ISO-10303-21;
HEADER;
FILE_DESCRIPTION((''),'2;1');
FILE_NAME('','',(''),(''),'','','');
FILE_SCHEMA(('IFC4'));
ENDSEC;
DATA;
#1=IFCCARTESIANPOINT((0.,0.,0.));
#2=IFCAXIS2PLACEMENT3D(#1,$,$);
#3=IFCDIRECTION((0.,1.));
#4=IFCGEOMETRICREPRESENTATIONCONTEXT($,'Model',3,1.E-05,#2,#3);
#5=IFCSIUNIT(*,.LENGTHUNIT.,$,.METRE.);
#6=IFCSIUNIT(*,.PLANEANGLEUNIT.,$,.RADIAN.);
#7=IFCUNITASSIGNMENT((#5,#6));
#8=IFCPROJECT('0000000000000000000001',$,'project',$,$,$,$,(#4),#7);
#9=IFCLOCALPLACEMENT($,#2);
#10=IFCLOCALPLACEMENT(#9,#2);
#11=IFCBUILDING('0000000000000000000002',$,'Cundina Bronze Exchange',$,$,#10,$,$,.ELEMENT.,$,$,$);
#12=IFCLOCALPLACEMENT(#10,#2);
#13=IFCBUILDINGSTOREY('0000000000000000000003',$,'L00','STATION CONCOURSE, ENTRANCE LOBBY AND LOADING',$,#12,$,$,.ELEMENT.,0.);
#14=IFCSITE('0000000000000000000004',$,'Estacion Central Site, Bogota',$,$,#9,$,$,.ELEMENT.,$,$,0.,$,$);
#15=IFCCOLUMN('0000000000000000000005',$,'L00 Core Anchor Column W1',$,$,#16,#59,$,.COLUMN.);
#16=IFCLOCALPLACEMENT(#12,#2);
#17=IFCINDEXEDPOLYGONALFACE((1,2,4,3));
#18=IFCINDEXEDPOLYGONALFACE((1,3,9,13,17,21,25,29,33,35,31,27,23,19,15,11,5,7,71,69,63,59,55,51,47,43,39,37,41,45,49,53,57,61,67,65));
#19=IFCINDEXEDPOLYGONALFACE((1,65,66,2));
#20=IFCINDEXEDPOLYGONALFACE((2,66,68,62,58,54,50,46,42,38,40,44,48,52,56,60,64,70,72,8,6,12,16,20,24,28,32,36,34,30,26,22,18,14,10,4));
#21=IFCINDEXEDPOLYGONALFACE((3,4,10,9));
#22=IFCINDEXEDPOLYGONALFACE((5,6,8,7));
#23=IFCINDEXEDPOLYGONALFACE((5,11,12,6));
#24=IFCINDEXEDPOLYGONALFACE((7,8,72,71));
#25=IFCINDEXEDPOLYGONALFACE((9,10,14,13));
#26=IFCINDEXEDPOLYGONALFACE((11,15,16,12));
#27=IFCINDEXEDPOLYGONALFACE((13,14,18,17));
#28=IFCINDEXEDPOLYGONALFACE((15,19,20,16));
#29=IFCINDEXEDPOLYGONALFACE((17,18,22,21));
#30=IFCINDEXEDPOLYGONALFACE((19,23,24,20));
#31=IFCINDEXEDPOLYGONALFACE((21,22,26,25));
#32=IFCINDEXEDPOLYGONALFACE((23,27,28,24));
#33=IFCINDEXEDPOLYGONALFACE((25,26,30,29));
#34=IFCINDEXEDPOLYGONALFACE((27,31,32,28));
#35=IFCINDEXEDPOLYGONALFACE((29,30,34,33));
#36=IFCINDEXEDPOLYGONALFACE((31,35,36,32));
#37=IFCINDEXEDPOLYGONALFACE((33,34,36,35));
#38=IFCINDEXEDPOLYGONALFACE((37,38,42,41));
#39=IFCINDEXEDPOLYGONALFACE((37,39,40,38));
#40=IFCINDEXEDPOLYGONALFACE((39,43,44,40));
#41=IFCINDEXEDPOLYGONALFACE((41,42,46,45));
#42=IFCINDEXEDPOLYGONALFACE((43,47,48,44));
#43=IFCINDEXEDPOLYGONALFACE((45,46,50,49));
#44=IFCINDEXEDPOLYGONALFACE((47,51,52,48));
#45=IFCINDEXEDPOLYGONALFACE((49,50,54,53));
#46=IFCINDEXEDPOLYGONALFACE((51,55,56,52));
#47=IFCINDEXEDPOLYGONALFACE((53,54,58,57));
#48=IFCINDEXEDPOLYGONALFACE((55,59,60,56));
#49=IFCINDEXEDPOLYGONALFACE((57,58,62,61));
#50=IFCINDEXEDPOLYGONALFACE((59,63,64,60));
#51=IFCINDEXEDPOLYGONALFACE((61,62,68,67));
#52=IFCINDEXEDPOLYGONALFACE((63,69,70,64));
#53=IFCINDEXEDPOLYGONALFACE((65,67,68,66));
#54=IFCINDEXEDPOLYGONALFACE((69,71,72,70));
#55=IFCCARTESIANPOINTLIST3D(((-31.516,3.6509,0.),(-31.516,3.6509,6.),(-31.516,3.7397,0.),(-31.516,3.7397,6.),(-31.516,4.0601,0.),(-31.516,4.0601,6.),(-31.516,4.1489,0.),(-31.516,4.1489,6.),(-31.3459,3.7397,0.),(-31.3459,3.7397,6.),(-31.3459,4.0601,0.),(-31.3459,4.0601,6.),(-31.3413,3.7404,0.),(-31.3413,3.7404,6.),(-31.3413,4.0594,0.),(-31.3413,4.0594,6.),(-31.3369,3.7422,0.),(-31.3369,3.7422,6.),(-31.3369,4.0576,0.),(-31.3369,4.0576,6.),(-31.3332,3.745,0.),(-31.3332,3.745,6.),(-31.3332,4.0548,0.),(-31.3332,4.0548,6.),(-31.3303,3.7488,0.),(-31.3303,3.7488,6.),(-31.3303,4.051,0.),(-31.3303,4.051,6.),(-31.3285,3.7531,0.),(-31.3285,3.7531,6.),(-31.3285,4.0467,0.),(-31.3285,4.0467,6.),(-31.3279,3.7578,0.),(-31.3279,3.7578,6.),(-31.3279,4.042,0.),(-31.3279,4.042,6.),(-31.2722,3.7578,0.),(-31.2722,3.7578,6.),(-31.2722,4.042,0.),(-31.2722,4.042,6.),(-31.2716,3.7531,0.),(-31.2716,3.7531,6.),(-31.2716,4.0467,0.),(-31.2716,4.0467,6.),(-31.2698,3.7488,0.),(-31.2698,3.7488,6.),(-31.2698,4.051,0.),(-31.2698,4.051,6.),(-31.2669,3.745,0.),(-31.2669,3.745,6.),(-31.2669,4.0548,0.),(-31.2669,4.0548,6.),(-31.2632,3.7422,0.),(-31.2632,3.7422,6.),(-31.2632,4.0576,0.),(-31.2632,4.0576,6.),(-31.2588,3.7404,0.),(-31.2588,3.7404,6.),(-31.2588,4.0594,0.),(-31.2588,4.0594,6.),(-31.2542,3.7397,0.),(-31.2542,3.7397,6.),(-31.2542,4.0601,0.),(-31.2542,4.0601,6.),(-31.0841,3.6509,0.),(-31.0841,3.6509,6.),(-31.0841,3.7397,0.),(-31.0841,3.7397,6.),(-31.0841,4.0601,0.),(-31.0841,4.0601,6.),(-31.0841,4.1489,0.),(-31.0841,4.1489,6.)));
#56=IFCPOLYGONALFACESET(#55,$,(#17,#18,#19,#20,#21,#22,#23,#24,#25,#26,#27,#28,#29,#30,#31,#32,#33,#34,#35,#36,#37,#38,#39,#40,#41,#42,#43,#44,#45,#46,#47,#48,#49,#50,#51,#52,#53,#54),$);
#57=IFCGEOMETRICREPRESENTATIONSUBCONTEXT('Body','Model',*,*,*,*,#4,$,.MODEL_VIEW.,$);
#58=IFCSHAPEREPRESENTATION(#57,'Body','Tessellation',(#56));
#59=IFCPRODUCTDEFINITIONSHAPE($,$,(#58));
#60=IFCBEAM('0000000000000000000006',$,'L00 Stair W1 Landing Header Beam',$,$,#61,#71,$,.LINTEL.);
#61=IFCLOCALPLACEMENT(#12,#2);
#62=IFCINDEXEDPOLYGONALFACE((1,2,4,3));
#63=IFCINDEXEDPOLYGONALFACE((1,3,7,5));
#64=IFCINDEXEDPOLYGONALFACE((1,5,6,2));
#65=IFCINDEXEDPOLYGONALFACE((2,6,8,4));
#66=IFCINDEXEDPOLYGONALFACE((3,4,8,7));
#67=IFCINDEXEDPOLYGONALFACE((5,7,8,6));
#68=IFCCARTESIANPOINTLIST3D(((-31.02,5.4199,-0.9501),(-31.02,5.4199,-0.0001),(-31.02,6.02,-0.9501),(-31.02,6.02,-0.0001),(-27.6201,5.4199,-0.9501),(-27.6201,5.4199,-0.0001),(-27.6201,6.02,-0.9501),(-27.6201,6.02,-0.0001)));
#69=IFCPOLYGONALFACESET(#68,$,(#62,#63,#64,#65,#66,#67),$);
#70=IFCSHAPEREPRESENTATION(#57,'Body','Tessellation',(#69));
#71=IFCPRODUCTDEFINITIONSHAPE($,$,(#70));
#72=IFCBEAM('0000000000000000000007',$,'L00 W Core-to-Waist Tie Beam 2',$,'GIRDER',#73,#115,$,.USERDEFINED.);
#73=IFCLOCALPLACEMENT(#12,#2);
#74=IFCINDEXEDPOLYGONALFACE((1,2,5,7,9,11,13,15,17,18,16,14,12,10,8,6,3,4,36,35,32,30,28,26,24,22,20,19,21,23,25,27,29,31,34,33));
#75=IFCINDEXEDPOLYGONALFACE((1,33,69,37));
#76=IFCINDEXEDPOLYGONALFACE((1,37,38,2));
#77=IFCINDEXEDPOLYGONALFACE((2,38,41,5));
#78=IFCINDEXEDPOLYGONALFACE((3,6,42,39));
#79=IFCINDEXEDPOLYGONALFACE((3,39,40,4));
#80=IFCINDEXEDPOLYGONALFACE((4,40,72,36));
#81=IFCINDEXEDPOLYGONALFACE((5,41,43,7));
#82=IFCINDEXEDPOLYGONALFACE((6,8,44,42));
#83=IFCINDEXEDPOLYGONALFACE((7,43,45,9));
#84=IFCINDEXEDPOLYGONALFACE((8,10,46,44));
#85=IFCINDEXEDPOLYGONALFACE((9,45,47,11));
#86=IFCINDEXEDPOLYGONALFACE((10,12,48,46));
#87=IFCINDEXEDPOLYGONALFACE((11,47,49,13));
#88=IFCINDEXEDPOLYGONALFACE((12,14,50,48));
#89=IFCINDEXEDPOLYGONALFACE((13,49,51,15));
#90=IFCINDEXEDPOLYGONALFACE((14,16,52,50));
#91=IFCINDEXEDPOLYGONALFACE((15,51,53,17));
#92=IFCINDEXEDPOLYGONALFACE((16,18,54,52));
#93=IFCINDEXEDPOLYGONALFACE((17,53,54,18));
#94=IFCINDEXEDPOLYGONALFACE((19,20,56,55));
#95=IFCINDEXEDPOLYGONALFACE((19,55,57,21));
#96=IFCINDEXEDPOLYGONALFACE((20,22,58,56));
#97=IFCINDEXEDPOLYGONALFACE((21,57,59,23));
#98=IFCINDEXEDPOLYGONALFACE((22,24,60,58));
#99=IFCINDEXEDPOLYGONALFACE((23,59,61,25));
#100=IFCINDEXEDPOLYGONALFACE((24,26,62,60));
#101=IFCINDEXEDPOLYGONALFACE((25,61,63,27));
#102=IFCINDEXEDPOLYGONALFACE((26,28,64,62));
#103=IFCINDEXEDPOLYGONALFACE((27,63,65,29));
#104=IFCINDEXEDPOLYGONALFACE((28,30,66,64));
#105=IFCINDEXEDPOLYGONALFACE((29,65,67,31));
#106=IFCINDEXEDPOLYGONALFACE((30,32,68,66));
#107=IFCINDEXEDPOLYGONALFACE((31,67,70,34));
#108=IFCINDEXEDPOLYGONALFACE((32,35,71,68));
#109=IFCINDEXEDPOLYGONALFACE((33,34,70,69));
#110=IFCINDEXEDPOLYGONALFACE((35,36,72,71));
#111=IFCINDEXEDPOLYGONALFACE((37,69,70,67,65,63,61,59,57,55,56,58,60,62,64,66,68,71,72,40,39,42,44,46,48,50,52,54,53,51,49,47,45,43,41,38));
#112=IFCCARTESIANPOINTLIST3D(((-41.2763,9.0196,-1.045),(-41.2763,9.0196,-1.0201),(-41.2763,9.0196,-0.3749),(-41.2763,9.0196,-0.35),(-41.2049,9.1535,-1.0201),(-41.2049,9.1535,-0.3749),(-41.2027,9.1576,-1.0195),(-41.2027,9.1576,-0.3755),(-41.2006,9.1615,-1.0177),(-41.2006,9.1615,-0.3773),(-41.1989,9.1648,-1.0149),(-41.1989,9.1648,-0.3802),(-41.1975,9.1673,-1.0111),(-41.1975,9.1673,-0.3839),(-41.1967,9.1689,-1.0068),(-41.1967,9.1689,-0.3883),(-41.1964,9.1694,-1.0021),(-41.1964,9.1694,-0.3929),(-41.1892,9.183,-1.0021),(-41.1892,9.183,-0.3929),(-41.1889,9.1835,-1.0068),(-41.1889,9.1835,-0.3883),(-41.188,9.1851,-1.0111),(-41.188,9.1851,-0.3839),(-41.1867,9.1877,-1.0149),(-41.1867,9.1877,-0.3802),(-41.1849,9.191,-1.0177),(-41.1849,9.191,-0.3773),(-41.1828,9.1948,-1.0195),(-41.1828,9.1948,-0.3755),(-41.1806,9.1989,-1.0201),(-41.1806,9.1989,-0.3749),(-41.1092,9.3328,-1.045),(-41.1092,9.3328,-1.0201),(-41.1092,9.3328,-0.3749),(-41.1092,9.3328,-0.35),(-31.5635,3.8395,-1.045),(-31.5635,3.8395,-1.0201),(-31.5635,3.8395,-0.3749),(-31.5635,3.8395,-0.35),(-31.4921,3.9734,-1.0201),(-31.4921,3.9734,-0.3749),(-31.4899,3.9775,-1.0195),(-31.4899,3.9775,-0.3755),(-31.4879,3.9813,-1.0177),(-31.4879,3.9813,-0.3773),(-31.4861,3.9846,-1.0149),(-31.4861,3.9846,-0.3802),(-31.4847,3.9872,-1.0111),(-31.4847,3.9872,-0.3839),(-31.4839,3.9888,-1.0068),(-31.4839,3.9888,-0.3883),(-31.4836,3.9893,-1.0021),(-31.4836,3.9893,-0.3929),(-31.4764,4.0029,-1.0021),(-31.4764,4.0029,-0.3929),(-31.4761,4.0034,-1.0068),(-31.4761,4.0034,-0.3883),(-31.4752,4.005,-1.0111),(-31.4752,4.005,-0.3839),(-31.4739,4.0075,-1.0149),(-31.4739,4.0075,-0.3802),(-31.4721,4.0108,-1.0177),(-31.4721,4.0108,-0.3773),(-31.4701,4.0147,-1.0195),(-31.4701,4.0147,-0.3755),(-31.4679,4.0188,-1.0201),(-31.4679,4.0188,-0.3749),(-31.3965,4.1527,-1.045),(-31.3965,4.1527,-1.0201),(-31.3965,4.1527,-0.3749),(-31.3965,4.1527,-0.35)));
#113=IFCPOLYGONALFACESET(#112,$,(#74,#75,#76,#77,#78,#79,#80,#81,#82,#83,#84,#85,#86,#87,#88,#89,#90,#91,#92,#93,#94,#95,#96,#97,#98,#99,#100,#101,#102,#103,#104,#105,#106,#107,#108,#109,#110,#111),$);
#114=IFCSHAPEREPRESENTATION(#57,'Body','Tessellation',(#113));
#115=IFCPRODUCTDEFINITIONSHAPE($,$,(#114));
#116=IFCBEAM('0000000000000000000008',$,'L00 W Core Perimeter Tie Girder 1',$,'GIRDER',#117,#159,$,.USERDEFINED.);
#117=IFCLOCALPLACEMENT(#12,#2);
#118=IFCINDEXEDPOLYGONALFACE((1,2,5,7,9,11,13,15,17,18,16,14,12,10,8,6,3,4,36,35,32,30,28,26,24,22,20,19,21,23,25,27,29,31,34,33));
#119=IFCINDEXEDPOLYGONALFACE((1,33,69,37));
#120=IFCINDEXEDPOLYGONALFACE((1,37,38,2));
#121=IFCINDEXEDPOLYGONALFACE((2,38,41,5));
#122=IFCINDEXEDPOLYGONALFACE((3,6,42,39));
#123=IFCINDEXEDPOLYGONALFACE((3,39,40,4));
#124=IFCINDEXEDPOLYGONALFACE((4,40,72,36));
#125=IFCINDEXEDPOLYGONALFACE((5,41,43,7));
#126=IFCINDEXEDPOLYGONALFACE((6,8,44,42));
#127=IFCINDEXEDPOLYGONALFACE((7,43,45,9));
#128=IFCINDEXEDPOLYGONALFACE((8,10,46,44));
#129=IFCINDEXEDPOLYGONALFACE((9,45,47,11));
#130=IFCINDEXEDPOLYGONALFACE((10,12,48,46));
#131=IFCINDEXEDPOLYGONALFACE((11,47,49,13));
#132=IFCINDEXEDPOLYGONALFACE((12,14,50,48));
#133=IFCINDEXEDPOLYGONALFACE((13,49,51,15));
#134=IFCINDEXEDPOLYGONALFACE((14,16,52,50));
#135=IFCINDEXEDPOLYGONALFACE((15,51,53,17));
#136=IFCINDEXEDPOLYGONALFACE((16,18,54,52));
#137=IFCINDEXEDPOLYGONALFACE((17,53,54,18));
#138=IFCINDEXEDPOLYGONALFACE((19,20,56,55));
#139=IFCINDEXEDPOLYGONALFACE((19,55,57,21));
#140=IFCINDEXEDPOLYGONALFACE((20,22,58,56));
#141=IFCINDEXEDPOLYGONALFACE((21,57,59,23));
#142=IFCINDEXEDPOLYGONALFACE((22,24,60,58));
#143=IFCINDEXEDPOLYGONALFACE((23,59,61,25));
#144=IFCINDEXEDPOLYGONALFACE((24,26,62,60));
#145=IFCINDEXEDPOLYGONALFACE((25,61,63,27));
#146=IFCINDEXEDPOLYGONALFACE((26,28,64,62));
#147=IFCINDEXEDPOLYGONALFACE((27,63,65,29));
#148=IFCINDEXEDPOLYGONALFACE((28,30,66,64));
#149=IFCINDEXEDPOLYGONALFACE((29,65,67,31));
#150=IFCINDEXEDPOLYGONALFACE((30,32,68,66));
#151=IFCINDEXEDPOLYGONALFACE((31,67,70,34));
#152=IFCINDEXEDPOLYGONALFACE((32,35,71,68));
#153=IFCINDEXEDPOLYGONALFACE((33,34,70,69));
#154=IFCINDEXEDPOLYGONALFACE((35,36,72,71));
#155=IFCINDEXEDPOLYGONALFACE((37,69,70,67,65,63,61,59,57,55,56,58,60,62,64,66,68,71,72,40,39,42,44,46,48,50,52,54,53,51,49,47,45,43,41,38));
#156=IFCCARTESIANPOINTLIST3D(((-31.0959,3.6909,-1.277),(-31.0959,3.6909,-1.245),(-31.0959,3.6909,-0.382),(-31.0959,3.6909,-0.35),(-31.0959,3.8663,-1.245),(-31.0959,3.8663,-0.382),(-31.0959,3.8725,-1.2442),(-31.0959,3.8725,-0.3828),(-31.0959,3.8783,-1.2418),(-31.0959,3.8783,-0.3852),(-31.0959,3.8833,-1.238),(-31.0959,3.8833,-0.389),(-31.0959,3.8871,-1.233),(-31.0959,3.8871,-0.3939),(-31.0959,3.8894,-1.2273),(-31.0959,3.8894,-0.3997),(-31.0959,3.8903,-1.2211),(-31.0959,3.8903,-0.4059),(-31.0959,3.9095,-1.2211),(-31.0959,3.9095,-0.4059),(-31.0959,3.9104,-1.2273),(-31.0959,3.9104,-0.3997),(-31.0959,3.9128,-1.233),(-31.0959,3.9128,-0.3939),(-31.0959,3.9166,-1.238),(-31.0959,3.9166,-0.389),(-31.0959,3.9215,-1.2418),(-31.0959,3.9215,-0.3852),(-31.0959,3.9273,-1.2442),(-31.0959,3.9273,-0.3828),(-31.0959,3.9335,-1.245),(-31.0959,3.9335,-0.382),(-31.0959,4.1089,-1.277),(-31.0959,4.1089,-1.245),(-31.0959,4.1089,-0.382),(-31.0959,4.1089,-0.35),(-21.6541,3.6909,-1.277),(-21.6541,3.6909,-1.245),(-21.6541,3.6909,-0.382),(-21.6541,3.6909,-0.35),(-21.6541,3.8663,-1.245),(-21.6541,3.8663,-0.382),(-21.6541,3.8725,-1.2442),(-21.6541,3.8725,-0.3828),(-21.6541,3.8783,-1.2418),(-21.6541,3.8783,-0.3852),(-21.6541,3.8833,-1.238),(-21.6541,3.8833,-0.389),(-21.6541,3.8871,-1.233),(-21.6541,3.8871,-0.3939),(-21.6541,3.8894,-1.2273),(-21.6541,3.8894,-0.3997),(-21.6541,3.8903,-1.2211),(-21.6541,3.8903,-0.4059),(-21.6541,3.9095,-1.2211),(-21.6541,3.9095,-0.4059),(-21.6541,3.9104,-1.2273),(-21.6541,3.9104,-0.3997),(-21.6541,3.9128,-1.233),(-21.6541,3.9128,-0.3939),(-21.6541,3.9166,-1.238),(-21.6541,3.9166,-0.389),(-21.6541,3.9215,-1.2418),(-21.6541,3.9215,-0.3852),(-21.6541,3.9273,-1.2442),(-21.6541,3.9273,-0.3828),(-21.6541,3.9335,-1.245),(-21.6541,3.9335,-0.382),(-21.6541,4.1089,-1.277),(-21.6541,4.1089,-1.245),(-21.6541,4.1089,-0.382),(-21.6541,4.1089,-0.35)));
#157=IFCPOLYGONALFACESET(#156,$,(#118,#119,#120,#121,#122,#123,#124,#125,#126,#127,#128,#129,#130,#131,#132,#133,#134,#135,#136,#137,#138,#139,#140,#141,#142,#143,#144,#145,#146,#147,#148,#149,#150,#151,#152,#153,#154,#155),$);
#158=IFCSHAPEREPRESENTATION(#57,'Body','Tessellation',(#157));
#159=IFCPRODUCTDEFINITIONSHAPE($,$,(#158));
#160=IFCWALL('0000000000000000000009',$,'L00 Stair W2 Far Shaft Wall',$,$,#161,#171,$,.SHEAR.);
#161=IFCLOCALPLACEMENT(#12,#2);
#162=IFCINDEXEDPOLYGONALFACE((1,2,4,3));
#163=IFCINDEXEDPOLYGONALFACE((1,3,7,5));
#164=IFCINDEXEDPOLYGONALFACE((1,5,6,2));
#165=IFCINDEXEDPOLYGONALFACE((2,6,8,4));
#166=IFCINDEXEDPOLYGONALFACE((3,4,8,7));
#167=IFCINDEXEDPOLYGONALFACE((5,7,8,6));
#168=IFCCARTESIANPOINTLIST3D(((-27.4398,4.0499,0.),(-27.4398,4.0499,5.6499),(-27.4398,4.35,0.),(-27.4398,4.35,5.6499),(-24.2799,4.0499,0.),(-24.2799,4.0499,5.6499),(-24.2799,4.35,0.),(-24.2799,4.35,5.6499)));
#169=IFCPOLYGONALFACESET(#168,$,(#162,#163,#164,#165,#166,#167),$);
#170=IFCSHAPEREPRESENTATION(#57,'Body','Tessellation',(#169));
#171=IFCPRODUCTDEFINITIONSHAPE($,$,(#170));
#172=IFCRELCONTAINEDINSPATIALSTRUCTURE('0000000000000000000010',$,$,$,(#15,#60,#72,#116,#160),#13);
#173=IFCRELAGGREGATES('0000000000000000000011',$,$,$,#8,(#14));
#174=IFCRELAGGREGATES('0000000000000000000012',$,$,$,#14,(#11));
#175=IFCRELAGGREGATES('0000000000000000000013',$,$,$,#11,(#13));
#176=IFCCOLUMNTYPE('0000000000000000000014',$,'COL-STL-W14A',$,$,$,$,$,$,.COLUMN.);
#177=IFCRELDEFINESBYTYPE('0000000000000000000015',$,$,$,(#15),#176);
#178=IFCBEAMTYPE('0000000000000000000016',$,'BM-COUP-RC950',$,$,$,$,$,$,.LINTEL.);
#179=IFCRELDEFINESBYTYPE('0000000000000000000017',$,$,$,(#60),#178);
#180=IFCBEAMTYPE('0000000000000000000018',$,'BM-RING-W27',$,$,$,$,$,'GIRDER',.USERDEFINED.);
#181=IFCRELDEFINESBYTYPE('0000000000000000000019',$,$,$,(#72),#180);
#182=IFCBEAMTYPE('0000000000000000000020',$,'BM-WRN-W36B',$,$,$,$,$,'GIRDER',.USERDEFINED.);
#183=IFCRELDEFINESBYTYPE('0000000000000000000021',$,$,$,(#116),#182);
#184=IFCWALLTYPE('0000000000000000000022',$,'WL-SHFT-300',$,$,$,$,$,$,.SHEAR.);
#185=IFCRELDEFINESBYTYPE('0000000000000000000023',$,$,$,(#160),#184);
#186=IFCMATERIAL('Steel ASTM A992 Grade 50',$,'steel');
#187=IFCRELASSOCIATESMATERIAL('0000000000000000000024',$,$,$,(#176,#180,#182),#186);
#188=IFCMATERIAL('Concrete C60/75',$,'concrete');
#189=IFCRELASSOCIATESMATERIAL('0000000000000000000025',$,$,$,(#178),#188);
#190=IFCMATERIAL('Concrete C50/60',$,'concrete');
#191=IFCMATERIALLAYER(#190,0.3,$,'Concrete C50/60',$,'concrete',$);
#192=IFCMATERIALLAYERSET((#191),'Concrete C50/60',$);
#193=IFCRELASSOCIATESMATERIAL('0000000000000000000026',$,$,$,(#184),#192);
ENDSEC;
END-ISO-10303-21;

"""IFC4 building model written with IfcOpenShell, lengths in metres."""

from ifc_helpers import new_model, si_unit, direction, frame, frame_2d, origin, origin_2d, place, context, subcontext, project, spatial, rectangle, i_section, extrude, material, layer, layer_set, material_profile, profile_set, type_object, element, save


model = new_model("IFC4")

# Units and contexts
model_context = context("Model", 3, precision=1e-05, world=origin(), true_north=direction((0.0, 1.0)))
body_context = subcontext(model_context, "Body", "Model", "MODEL_VIEW")
ifc_project = project(units=[si_unit("LENGTHUNIT", "METRE"), si_unit("PLANEANGLEUNIT", "RADIAN")], contexts=[model_context])

# Site, building, storey
site_placement = place(None, origin())
site = spatial("IfcSite", under=ifc_project, at=site_placement, Name="Estacion Central Site, Bogota", CompositionType="ELEMENT", RefElevation=0.0)
building_placement = place(site_placement, origin())
building = spatial("IfcBuilding", under=site, at=building_placement, Name="Cundina Bronze Exchange", CompositionType="ELEMENT")
storey_placement = place(building_placement, origin())
storey = spatial("IfcBuildingStorey", under=building, at=storey_placement, Name="L00", Description="STATION CONCOURSE, ENTRANCE LOBBY AND LOADING", CompositionType="ELEMENT", Elevation=0.0)

# Column
ifc_material_1 = material(Name="Steel ASTM A992 Grade 50", Category="steel")
ifc_material_profile_1 = material_profile(ifc_material_1, i_section(OverallWidth=0.4319, OverallDepth=0.498, WebThickness=0.0557, FlangeThickness=0.0889, FilletRadius=0.0181, at=origin_2d()), Name="W14X500", Category="steel")
ifc_profile_set_1 = profile_set([ifc_material_profile_1], Name="Steel ASTM A992 Grade 50")
column_type = type_object("IfcColumnType", Name="COL-STL-W14A", PredefinedType="COLUMN", material=ifc_profile_set_1)
column_placement = place(storey_placement, frame((-31.3, 3.8999, 0.0), z_axis=(0.0, 0.0, 1.0), x_axis=(1.0, 0.0, 0.0)))
element("IfcColumn", 1, at=column_placement, inside=storey, type_object=column_type, Name="L00 Core Anchor Column W1", PredefinedType="COLUMN", context=body_context, shape_type="SweptSolid", body=[
    extrude(i_section(OverallWidth=0.4319, OverallDepth=0.498, WebThickness=0.0557, FlangeThickness=0.0889, FilletRadius=0.0181, at=origin_2d()), origin(), (0.0, 0.0, 1.0), 6.0),
])

# Beams
ifc_material_2 = material(Name="Concrete C60/75", Category="concrete")
ifc_material_profile_2 = material_profile(ifc_material_2, rectangle(XDim=0.6001, YDim=0.95, at=origin_2d()), Name="RC600X950", Category="concrete")
ifc_profile_set_2 = profile_set([ifc_material_profile_2], Name="Concrete C60/75")
beam_type_1 = type_object("IfcBeamType", Name="BM-COUP-RC950", PredefinedType="LINTEL", material=ifc_profile_set_2)
beam_1_placement = place(storey_placement, frame((-31.02, 5.72, -0.4751), z_axis=(1.0, 0.0, 0.0), x_axis=(0.0, 1.0, 0.0)))
element("IfcBeam", 2, at=beam_1_placement, inside=storey, type_object=beam_type_1, Name="L00 Stair W1 Landing Header Beam", PredefinedType="LINTEL", context=body_context, shape_type="SweptSolid", body=[
    extrude(rectangle(XDim=0.6001, YDim=0.95, at=origin_2d()), origin(), (0.0, 0.0, 1.0), 3.3999),
])
ifc_material_profile_3 = material_profile(ifc_material_1, i_section(OverallWidth=0.355, OverallDepth=0.6951, WebThickness=0.0154, FlangeThickness=0.0249, FilletRadius=0.0181, at=origin_2d()), Name="W27X146", Category="steel")
ifc_profile_set_3 = profile_set([ifc_material_profile_3], Name="Steel ASTM A992 Grade 50")
beam_type_2 = type_object("IfcBeamType", Name="BM-RING-W27", ElementType="GIRDER", PredefinedType="USERDEFINED", material=ifc_profile_set_3)
beam_2_placement = place(storey_placement, frame((-31.48, 3.9961, -0.6975), z_axis=(-0.882354, 0.470586, 0.0), x_axis=(-0.470586, -0.882354, 0.0)))
element("IfcBeam", 3, at=beam_2_placement, inside=storey, type_object=beam_type_2, Name="L00 W Core-to-Waist Tie Beam 2", ObjectType="GIRDER", PredefinedType="USERDEFINED", context=body_context, shape_type="SweptSolid", body=[
    extrude(i_section(OverallWidth=0.355, OverallDepth=0.6951, WebThickness=0.0154, FlangeThickness=0.0249, FilletRadius=0.0181, at=origin_2d()), origin(), (0.0, 0.0, 1.0), 11.0078),
])
ifc_material_profile_4 = material_profile(ifc_material_1, i_section(OverallWidth=0.418, OverallDepth=0.927, WebThickness=0.0193, FlangeThickness=0.032, FilletRadius=0.0239, at=origin_2d()), Name="W36X231", Category="steel")
ifc_profile_set_4 = profile_set([ifc_material_profile_4], Name="Steel ASTM A992 Grade 50")
beam_type_3 = type_object("IfcBeamType", Name="BM-WRN-W36B", ElementType="GIRDER", PredefinedType="USERDEFINED", material=ifc_profile_set_4)
beam_3_placement = place(storey_placement, frame((-31.0959, 3.8999, -0.8135), z_axis=(1.0, 0.0, 0.0), x_axis=(0.0, 1.0, 0.0)))
element("IfcBeam", 4, at=beam_3_placement, inside=storey, type_object=beam_type_3, Name="L00 W Core Perimeter Tie Girder 1", ObjectType="GIRDER", PredefinedType="USERDEFINED", context=body_context, shape_type="SweptSolid", body=[
    extrude(i_section(OverallWidth=0.418, OverallDepth=0.927, WebThickness=0.0193, FlangeThickness=0.032, FilletRadius=0.0239, at=origin_2d()), origin(), (0.0, 0.0, 1.0), 9.4419),
])

# Shared definitions
ifc_material_3 = material(Name="Concrete C50/60", Category="concrete")
ifc_layer = layer(ifc_material_3, 0.3, Name="Concrete C50/60", Category="concrete")
ifc_layer_set = layer_set([ifc_layer], Name="Concrete C50/60")
wall_type = type_object("IfcWallType", Name="WL-SHFT-300", PredefinedType="SHEAR", material=ifc_layer_set)

# Wall
wall_1_placement = place(storey_placement, frame((-27.4399, 4.2, 0.0), z_axis=(0.0, 0.0, 1.0), x_axis=(1.0, 0.0, 0.0)))
element("IfcWall", 5, at=wall_1_placement, inside=storey, type_object=wall_type, Name="L00 Stair W2 Far Shaft Wall", PredefinedType="SHEAR", context=body_context, shape_type="SweptSolid", body=[
    extrude(rectangle(XDim=3.1599, YDim=0.3, at=frame_2d((1.5801, 0.0))), origin(), (0.0, 0.0, 1.0), 5.6499),
])

save(model, "model.ifc")
